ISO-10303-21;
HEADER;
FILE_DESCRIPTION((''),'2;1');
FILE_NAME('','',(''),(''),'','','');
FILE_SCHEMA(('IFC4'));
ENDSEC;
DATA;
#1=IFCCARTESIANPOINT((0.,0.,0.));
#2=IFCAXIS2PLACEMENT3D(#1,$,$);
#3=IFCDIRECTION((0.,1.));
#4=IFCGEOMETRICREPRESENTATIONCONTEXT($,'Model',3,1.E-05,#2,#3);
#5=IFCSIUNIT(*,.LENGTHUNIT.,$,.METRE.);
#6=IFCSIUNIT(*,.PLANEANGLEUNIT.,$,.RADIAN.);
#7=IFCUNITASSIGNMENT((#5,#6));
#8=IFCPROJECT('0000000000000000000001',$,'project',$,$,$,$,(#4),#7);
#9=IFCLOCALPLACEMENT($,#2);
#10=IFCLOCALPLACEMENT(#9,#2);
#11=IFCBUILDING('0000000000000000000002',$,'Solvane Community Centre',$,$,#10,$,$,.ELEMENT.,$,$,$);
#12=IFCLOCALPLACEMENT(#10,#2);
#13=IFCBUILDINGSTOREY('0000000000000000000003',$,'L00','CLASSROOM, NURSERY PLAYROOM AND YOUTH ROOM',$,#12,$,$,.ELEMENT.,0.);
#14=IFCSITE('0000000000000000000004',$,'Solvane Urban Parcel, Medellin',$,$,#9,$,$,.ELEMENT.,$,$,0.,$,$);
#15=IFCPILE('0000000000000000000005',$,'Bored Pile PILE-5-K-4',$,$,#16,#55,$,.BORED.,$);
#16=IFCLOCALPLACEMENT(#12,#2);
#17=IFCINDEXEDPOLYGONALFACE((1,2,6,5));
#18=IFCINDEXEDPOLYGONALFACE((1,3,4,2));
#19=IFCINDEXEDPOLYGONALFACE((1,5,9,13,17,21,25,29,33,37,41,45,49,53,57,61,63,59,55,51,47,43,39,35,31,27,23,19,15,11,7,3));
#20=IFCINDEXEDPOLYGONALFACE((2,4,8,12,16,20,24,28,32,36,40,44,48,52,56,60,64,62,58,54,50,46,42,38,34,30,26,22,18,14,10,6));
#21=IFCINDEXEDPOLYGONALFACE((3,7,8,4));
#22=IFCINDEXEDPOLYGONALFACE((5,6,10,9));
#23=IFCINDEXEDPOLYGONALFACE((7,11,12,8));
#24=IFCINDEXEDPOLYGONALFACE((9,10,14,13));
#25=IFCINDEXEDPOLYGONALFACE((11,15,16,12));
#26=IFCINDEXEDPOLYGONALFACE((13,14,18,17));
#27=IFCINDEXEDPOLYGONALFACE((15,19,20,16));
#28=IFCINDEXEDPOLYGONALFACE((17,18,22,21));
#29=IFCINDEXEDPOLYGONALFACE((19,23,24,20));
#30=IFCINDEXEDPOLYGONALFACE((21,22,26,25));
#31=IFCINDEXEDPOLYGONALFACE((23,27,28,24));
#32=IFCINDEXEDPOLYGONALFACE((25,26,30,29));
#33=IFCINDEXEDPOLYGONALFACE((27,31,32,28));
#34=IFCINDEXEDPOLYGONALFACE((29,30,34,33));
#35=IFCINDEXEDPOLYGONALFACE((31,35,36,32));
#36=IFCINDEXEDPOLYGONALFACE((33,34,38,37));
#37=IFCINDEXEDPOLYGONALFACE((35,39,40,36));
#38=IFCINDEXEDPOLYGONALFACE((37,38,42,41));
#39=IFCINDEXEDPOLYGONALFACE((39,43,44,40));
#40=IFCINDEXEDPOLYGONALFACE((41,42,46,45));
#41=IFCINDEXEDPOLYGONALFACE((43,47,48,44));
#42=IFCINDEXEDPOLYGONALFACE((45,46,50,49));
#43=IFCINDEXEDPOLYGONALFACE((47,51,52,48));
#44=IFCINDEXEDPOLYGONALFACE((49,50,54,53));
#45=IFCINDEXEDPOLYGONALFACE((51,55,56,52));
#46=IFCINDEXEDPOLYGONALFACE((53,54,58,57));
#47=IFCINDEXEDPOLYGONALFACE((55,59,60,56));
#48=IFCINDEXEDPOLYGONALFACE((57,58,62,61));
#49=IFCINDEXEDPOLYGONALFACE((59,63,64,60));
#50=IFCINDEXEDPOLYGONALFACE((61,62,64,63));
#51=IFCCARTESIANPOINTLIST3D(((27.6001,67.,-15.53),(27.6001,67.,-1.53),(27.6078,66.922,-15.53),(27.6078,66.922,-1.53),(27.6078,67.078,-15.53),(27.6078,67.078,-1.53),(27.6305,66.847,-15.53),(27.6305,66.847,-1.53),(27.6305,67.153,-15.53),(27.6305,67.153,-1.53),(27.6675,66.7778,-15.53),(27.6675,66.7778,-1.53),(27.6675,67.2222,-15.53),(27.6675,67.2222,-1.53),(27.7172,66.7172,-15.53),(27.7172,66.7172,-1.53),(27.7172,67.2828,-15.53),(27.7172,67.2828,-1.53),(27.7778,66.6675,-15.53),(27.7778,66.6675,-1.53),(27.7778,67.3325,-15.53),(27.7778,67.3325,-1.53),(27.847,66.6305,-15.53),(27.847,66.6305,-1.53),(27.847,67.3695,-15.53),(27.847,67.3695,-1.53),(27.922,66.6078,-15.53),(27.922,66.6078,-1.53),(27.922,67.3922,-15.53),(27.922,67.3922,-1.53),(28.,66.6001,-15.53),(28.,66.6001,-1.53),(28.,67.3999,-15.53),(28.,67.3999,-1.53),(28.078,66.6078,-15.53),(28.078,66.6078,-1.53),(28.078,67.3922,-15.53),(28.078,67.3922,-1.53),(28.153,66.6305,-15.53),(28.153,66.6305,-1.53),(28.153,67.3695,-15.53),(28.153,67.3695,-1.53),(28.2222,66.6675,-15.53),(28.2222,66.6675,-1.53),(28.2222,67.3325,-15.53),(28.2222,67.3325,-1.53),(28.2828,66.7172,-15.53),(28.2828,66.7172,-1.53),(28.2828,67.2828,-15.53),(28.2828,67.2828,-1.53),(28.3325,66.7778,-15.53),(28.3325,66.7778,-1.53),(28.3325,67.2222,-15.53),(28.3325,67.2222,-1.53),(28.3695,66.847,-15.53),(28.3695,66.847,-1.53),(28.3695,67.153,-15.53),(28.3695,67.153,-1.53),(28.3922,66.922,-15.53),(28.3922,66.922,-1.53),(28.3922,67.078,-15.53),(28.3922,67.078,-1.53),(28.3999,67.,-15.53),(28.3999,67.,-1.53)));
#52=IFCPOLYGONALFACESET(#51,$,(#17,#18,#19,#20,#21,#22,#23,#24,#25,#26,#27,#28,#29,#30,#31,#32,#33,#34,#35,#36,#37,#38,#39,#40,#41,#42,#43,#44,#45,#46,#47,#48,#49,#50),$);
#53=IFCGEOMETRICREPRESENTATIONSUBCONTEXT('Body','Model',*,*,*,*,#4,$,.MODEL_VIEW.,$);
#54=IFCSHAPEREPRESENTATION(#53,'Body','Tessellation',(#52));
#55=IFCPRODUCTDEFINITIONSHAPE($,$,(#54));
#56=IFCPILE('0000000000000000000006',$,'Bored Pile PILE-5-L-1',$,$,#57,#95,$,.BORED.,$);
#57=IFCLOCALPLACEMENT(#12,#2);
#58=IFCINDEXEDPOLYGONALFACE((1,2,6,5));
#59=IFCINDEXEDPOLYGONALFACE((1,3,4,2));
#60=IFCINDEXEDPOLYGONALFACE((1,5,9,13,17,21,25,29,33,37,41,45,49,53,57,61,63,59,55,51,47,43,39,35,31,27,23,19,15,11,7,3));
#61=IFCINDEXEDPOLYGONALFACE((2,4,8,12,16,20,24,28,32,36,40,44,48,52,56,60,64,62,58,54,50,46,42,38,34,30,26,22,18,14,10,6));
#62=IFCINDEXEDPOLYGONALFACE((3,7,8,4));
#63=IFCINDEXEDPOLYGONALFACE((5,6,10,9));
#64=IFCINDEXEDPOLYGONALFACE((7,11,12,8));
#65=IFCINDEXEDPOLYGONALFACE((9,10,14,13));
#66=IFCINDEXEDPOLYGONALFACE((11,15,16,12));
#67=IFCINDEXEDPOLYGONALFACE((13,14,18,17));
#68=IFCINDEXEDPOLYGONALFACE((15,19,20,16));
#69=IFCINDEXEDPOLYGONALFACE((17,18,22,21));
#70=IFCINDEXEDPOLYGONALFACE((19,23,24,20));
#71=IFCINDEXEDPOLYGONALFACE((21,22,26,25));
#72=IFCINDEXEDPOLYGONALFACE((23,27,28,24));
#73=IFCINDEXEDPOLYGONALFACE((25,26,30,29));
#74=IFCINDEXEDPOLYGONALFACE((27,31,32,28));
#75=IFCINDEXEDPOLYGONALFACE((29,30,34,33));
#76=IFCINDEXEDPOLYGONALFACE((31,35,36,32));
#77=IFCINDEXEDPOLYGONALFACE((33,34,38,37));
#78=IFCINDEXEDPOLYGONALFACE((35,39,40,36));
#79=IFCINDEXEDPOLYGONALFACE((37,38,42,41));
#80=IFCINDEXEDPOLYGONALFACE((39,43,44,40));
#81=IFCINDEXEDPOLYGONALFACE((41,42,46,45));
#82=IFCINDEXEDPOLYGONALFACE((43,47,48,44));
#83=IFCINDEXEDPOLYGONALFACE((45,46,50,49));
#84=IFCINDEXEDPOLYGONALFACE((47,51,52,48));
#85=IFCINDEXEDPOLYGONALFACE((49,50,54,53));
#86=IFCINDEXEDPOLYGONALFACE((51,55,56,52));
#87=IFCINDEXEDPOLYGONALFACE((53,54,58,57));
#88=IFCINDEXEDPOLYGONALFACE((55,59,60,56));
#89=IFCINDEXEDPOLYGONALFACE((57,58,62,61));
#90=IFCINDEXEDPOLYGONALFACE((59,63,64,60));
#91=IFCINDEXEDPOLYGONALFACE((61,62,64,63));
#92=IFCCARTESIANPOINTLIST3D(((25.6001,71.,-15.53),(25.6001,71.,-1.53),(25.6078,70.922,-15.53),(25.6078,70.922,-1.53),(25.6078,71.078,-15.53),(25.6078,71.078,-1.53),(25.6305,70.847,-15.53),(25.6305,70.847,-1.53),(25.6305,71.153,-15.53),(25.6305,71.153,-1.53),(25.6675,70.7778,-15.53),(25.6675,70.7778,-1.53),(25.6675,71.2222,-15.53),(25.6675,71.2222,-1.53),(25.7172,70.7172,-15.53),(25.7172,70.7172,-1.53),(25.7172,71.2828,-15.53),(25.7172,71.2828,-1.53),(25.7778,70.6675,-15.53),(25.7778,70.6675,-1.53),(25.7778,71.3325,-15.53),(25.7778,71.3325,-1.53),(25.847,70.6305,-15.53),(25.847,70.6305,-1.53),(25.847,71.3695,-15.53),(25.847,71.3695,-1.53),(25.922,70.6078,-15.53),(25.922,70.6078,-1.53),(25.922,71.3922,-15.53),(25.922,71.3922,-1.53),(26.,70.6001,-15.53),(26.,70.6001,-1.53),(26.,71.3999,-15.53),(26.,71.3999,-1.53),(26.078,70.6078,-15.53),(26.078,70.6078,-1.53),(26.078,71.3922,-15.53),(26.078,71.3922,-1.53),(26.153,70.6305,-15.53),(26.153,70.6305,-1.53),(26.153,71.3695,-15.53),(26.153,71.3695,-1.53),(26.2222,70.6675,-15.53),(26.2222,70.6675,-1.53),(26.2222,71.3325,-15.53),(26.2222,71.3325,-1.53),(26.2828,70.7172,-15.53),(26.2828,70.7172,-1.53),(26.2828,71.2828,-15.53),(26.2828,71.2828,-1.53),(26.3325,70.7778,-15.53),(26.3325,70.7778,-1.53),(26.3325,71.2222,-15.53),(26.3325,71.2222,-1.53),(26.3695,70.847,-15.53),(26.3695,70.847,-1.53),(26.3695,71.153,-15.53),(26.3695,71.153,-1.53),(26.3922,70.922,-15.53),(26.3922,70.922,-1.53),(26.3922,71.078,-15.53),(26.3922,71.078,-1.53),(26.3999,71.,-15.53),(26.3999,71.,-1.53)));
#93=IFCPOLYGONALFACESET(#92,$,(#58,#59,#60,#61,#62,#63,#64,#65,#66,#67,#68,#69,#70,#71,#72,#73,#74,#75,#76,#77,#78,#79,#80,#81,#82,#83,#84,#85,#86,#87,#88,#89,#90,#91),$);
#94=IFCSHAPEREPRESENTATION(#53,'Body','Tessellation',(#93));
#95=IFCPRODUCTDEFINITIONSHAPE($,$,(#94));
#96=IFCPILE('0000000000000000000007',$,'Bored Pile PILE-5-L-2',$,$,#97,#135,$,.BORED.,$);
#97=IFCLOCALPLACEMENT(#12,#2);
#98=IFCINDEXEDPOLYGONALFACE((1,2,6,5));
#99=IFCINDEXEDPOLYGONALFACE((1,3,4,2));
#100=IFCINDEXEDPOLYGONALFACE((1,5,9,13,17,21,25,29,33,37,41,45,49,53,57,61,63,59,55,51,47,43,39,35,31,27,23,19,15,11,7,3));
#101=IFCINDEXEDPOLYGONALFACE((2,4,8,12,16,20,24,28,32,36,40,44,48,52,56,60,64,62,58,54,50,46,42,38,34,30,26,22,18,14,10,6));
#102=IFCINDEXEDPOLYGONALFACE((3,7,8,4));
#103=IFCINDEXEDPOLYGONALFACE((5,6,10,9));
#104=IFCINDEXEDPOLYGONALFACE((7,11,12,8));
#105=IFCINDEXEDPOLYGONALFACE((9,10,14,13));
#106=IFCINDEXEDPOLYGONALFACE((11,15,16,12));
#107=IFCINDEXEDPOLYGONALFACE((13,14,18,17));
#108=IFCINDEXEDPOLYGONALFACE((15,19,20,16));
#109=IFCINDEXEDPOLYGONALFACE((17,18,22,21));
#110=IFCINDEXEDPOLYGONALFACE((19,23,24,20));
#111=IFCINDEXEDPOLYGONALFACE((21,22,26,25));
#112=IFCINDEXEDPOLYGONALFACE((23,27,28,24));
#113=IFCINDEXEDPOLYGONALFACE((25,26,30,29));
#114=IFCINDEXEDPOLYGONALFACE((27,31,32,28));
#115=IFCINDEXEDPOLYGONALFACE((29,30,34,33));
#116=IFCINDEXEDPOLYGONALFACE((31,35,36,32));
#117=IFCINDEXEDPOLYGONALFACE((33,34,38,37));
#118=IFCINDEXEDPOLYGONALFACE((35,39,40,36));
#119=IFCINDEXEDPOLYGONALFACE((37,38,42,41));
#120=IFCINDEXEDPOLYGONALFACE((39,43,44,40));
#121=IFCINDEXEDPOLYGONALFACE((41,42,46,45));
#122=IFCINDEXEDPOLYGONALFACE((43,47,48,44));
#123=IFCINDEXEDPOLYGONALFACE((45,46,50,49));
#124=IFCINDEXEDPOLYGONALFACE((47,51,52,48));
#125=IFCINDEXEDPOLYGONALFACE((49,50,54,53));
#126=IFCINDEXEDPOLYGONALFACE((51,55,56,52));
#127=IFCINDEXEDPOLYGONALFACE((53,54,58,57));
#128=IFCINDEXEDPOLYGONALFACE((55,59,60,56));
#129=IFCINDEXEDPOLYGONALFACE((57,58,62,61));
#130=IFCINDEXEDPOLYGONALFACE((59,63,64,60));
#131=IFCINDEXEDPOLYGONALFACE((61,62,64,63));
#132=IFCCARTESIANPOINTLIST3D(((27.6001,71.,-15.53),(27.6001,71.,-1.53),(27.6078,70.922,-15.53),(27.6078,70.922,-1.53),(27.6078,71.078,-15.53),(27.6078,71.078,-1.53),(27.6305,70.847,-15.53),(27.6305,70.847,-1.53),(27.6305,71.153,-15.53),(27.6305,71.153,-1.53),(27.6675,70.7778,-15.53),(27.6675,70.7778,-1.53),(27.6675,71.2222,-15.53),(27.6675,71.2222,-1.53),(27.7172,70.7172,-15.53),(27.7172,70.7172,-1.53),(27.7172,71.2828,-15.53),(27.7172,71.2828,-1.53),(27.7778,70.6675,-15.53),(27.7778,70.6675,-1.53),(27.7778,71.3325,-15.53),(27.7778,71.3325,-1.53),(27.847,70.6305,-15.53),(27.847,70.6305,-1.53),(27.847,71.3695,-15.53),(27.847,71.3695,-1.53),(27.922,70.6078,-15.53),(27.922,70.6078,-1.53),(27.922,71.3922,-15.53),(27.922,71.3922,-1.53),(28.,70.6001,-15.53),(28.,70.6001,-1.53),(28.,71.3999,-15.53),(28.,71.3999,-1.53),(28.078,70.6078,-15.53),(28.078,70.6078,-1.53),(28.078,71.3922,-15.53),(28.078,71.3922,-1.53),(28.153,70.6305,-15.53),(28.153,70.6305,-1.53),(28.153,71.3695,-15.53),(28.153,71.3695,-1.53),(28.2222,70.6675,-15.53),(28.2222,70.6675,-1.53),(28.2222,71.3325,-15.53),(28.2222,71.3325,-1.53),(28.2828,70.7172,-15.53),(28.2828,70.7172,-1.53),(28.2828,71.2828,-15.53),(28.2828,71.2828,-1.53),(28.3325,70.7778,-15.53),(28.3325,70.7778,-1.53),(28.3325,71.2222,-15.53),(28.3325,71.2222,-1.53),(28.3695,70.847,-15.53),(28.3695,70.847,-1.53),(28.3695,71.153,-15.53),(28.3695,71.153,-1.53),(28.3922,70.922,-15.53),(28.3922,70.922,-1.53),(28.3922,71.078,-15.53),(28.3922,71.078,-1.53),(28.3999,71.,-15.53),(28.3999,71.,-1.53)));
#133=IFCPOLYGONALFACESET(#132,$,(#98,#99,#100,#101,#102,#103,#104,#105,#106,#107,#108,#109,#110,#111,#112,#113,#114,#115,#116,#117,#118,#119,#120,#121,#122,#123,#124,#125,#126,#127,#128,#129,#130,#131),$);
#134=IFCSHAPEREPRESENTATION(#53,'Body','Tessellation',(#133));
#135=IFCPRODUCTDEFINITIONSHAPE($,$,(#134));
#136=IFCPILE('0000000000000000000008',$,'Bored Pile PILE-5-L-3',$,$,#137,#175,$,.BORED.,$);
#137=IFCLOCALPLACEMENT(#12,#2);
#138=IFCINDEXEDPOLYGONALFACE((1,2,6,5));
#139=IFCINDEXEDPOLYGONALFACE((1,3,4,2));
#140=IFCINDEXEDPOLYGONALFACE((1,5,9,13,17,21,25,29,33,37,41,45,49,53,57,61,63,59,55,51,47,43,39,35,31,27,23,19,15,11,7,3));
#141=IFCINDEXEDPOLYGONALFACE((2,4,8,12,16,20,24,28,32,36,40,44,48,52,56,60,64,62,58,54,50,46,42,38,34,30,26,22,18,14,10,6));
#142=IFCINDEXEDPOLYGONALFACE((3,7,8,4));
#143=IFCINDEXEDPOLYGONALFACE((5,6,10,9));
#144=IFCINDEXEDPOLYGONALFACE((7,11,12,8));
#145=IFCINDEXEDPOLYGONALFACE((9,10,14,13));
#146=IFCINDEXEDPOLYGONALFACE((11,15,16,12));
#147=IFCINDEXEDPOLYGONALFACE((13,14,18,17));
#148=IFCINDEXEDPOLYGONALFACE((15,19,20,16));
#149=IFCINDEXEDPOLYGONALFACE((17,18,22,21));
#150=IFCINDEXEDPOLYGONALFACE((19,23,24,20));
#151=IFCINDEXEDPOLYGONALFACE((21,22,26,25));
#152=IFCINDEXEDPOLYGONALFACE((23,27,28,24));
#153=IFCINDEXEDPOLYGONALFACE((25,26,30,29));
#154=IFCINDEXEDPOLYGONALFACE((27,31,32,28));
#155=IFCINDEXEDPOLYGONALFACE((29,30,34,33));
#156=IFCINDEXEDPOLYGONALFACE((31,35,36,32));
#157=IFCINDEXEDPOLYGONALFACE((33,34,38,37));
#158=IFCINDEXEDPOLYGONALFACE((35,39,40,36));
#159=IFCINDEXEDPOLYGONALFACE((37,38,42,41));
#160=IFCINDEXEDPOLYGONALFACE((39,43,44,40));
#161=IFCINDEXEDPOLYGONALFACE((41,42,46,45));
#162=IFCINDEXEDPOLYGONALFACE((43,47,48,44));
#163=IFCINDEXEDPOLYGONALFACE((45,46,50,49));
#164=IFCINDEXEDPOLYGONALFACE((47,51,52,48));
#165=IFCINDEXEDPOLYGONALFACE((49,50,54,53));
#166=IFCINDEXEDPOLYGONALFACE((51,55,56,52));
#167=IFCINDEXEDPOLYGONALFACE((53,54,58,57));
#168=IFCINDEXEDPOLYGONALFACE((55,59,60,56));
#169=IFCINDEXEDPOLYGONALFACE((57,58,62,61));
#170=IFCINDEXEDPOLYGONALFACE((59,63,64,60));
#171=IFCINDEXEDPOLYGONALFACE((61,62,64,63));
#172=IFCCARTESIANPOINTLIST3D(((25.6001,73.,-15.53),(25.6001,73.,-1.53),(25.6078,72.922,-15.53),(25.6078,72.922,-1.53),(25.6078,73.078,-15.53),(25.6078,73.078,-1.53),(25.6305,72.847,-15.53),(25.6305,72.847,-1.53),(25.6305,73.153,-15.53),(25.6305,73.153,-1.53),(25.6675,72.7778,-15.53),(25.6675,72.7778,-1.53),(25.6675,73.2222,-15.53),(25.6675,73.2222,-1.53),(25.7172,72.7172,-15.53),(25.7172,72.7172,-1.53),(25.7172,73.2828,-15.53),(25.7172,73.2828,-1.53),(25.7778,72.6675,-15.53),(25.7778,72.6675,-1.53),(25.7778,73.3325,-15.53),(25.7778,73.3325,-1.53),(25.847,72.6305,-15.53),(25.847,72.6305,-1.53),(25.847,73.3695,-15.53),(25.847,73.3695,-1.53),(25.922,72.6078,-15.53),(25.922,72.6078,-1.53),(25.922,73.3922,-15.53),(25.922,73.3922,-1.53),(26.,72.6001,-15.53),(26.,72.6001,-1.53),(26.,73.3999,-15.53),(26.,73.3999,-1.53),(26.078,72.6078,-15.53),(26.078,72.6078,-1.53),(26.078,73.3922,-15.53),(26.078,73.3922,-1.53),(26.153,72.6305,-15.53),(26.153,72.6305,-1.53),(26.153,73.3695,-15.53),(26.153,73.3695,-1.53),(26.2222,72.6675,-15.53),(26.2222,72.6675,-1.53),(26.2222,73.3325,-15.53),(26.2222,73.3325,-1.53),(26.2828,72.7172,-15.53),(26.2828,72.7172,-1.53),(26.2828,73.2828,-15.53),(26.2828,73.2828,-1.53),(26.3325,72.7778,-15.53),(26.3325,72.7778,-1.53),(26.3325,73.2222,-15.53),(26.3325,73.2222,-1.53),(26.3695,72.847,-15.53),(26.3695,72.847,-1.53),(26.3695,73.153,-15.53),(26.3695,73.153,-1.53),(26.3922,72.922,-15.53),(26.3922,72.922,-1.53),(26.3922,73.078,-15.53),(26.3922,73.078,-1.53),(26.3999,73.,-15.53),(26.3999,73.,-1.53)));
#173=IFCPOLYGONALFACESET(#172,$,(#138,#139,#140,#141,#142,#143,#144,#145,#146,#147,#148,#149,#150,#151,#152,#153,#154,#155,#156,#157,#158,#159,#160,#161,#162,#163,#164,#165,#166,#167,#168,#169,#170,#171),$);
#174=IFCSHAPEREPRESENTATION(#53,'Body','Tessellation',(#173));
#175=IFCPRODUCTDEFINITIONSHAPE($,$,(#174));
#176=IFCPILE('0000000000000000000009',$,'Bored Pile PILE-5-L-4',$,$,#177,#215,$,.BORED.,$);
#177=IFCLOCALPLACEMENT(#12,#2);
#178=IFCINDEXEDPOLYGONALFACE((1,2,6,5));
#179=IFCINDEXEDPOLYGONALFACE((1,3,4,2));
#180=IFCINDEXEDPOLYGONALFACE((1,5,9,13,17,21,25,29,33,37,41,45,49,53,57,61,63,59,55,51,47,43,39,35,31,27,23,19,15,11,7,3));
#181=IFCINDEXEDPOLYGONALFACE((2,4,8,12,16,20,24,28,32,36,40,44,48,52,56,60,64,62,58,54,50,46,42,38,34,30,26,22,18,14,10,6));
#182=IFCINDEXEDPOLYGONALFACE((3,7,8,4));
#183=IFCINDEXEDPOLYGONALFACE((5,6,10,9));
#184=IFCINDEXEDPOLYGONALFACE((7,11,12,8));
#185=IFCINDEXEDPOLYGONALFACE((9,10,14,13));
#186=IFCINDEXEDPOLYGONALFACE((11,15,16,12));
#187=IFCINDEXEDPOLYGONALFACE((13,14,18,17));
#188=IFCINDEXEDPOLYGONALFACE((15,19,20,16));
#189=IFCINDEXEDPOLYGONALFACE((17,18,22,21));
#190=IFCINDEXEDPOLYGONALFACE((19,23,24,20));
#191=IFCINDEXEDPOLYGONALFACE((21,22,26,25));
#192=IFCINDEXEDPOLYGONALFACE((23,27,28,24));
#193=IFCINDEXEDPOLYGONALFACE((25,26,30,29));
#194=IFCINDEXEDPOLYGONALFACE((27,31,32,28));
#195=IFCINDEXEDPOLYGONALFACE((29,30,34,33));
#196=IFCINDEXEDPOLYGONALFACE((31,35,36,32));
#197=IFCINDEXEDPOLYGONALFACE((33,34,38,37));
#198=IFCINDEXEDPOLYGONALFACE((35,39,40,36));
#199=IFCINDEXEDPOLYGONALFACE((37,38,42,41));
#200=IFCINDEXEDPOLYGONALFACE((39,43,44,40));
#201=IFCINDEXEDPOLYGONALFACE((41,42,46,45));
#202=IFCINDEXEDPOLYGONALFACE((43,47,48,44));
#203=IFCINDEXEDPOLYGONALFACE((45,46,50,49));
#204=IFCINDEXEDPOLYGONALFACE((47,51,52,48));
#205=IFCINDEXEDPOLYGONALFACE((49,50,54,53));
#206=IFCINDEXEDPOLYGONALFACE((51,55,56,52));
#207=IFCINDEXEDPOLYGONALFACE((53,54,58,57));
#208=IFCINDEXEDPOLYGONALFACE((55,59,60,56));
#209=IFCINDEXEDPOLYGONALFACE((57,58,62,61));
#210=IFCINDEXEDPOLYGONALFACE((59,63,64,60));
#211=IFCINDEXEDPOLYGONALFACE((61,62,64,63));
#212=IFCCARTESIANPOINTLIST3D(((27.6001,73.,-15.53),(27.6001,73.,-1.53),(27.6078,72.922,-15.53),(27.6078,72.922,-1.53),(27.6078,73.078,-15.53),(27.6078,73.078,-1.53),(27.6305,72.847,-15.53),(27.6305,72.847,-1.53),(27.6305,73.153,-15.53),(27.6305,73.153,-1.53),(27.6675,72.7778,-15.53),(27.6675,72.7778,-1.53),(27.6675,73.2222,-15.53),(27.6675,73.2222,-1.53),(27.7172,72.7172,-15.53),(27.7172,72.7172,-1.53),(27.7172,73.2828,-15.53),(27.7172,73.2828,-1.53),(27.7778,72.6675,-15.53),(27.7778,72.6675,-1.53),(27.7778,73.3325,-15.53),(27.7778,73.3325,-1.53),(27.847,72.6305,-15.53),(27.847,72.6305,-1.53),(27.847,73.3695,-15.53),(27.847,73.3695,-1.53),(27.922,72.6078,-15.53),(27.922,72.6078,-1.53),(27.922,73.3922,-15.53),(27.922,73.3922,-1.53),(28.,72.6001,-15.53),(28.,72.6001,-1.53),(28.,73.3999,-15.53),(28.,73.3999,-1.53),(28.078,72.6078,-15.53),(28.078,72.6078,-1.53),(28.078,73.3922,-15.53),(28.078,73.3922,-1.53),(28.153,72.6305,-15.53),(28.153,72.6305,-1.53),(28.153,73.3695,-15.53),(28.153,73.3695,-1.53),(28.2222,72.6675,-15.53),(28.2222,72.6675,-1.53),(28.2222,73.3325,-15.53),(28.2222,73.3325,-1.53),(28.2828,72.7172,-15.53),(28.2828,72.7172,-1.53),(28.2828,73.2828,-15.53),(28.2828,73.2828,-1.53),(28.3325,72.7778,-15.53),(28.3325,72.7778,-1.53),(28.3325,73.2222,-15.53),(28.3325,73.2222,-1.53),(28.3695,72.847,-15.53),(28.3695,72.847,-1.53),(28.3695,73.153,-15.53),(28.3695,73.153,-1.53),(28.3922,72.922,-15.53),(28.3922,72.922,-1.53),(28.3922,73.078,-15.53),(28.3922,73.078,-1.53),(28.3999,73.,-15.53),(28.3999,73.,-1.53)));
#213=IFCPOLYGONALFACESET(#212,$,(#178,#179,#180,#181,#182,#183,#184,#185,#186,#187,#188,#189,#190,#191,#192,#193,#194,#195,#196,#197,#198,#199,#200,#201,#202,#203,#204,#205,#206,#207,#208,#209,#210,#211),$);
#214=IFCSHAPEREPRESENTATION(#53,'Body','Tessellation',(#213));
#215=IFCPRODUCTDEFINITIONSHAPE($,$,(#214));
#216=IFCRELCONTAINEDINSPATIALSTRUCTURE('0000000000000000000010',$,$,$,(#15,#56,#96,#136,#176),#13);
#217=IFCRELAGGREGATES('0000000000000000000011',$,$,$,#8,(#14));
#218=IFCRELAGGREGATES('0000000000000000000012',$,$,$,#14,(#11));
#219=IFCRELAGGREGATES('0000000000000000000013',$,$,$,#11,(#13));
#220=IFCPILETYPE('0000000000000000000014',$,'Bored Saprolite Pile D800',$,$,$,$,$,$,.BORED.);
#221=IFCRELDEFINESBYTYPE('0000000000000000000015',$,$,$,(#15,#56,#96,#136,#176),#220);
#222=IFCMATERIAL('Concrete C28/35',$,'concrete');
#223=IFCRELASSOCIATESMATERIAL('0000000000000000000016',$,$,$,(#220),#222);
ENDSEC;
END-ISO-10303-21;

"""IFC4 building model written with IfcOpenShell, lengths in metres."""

from ifc_helpers import new_model, si_unit, direction, frame, origin, origin_2d, place, context, subcontext, project, spatial, circle, extrude, material, material_profile, profile_set, type_object, element, save


model = new_model("IFC4")

# Units and contexts
model_context = context("Model", 3, precision=1e-05, world=origin(), true_north=direction((0.0, 1.0)))
body_context = subcontext(model_context, "Body", "Model", "MODEL_VIEW")
ifc_project = project(units=[si_unit("LENGTHUNIT", "METRE"), si_unit("PLANEANGLEUNIT", "RADIAN")], contexts=[model_context])

# Site, building, storey
site_placement = place(None, origin())
site = spatial("IfcSite", under=ifc_project, at=site_placement, Name="Solvane Urban Parcel, Medellin", CompositionType="ELEMENT", RefElevation=0.0)
building_placement = place(site_placement, origin())
building = spatial("IfcBuilding", under=site, at=building_placement, Name="Solvane Community Centre", CompositionType="ELEMENT")
storey_placement = place(building_placement, origin())
storey = spatial("IfcBuildingStorey", under=building, at=storey_placement, Name="L00", Description="CLASSROOM, NURSERY PLAYROOM AND YOUTH ROOM", CompositionType="ELEMENT", Elevation=0.0)

# Piles
ifc_material_1 = material(Name="Concrete C28/35", Category="concrete")
ifc_material_profile_1 = material_profile(ifc_material_1, circle(Radius=0.3999, at=origin_2d()), Name="PILE D800")
ifc_profile_set_1 = profile_set([ifc_material_profile_1], Name="Concrete C28/35")
pile_type = type_object("IfcPileType", Name="Bored Saprolite Pile D800", PredefinedType="BORED", material=ifc_profile_set_1)
for number, where, z_axis, x_axis, name in (
    (1, (28.0, 67.0, -1.53), (0.0, 0.0, -1.0), (1.0, 0.0, 0.0), "Bored Pile PILE-5-K-4"),
    (2, (26.0, 71.0, -1.53), (0.0, 0.0, -1.0), (1.0, 0.0, 0.0), "Bored Pile PILE-5-L-1"),
    (3, (28.0, 71.0, -1.53), (0.0, 0.0, -1.0), (1.0, 0.0, 0.0), "Bored Pile PILE-5-L-2"),
    (4, (26.0, 73.0, -1.53), (0.0, 0.0, -1.0), (1.0, 0.0, 0.0), "Bored Pile PILE-5-L-3"),
    (5, (28.0, 73.0, -1.53), (0.0, 0.0, -1.0), (1.0, 0.0, 0.0), "Bored Pile PILE-5-L-4"),
):
    element("IfcPile", number, at=place(storey_placement, frame(where, z_axis=z_axis, x_axis=x_axis)), inside=storey, type_object=pile_type, Name=name, PredefinedType="BORED", context=body_context, shape_type="SweptSolid", body=[
        extrude(circle(Radius=0.3999, at=origin_2d()), origin(), (0.0, 0.0, 1.0), 14.0),
    ])

save(model, "model.ifc")
